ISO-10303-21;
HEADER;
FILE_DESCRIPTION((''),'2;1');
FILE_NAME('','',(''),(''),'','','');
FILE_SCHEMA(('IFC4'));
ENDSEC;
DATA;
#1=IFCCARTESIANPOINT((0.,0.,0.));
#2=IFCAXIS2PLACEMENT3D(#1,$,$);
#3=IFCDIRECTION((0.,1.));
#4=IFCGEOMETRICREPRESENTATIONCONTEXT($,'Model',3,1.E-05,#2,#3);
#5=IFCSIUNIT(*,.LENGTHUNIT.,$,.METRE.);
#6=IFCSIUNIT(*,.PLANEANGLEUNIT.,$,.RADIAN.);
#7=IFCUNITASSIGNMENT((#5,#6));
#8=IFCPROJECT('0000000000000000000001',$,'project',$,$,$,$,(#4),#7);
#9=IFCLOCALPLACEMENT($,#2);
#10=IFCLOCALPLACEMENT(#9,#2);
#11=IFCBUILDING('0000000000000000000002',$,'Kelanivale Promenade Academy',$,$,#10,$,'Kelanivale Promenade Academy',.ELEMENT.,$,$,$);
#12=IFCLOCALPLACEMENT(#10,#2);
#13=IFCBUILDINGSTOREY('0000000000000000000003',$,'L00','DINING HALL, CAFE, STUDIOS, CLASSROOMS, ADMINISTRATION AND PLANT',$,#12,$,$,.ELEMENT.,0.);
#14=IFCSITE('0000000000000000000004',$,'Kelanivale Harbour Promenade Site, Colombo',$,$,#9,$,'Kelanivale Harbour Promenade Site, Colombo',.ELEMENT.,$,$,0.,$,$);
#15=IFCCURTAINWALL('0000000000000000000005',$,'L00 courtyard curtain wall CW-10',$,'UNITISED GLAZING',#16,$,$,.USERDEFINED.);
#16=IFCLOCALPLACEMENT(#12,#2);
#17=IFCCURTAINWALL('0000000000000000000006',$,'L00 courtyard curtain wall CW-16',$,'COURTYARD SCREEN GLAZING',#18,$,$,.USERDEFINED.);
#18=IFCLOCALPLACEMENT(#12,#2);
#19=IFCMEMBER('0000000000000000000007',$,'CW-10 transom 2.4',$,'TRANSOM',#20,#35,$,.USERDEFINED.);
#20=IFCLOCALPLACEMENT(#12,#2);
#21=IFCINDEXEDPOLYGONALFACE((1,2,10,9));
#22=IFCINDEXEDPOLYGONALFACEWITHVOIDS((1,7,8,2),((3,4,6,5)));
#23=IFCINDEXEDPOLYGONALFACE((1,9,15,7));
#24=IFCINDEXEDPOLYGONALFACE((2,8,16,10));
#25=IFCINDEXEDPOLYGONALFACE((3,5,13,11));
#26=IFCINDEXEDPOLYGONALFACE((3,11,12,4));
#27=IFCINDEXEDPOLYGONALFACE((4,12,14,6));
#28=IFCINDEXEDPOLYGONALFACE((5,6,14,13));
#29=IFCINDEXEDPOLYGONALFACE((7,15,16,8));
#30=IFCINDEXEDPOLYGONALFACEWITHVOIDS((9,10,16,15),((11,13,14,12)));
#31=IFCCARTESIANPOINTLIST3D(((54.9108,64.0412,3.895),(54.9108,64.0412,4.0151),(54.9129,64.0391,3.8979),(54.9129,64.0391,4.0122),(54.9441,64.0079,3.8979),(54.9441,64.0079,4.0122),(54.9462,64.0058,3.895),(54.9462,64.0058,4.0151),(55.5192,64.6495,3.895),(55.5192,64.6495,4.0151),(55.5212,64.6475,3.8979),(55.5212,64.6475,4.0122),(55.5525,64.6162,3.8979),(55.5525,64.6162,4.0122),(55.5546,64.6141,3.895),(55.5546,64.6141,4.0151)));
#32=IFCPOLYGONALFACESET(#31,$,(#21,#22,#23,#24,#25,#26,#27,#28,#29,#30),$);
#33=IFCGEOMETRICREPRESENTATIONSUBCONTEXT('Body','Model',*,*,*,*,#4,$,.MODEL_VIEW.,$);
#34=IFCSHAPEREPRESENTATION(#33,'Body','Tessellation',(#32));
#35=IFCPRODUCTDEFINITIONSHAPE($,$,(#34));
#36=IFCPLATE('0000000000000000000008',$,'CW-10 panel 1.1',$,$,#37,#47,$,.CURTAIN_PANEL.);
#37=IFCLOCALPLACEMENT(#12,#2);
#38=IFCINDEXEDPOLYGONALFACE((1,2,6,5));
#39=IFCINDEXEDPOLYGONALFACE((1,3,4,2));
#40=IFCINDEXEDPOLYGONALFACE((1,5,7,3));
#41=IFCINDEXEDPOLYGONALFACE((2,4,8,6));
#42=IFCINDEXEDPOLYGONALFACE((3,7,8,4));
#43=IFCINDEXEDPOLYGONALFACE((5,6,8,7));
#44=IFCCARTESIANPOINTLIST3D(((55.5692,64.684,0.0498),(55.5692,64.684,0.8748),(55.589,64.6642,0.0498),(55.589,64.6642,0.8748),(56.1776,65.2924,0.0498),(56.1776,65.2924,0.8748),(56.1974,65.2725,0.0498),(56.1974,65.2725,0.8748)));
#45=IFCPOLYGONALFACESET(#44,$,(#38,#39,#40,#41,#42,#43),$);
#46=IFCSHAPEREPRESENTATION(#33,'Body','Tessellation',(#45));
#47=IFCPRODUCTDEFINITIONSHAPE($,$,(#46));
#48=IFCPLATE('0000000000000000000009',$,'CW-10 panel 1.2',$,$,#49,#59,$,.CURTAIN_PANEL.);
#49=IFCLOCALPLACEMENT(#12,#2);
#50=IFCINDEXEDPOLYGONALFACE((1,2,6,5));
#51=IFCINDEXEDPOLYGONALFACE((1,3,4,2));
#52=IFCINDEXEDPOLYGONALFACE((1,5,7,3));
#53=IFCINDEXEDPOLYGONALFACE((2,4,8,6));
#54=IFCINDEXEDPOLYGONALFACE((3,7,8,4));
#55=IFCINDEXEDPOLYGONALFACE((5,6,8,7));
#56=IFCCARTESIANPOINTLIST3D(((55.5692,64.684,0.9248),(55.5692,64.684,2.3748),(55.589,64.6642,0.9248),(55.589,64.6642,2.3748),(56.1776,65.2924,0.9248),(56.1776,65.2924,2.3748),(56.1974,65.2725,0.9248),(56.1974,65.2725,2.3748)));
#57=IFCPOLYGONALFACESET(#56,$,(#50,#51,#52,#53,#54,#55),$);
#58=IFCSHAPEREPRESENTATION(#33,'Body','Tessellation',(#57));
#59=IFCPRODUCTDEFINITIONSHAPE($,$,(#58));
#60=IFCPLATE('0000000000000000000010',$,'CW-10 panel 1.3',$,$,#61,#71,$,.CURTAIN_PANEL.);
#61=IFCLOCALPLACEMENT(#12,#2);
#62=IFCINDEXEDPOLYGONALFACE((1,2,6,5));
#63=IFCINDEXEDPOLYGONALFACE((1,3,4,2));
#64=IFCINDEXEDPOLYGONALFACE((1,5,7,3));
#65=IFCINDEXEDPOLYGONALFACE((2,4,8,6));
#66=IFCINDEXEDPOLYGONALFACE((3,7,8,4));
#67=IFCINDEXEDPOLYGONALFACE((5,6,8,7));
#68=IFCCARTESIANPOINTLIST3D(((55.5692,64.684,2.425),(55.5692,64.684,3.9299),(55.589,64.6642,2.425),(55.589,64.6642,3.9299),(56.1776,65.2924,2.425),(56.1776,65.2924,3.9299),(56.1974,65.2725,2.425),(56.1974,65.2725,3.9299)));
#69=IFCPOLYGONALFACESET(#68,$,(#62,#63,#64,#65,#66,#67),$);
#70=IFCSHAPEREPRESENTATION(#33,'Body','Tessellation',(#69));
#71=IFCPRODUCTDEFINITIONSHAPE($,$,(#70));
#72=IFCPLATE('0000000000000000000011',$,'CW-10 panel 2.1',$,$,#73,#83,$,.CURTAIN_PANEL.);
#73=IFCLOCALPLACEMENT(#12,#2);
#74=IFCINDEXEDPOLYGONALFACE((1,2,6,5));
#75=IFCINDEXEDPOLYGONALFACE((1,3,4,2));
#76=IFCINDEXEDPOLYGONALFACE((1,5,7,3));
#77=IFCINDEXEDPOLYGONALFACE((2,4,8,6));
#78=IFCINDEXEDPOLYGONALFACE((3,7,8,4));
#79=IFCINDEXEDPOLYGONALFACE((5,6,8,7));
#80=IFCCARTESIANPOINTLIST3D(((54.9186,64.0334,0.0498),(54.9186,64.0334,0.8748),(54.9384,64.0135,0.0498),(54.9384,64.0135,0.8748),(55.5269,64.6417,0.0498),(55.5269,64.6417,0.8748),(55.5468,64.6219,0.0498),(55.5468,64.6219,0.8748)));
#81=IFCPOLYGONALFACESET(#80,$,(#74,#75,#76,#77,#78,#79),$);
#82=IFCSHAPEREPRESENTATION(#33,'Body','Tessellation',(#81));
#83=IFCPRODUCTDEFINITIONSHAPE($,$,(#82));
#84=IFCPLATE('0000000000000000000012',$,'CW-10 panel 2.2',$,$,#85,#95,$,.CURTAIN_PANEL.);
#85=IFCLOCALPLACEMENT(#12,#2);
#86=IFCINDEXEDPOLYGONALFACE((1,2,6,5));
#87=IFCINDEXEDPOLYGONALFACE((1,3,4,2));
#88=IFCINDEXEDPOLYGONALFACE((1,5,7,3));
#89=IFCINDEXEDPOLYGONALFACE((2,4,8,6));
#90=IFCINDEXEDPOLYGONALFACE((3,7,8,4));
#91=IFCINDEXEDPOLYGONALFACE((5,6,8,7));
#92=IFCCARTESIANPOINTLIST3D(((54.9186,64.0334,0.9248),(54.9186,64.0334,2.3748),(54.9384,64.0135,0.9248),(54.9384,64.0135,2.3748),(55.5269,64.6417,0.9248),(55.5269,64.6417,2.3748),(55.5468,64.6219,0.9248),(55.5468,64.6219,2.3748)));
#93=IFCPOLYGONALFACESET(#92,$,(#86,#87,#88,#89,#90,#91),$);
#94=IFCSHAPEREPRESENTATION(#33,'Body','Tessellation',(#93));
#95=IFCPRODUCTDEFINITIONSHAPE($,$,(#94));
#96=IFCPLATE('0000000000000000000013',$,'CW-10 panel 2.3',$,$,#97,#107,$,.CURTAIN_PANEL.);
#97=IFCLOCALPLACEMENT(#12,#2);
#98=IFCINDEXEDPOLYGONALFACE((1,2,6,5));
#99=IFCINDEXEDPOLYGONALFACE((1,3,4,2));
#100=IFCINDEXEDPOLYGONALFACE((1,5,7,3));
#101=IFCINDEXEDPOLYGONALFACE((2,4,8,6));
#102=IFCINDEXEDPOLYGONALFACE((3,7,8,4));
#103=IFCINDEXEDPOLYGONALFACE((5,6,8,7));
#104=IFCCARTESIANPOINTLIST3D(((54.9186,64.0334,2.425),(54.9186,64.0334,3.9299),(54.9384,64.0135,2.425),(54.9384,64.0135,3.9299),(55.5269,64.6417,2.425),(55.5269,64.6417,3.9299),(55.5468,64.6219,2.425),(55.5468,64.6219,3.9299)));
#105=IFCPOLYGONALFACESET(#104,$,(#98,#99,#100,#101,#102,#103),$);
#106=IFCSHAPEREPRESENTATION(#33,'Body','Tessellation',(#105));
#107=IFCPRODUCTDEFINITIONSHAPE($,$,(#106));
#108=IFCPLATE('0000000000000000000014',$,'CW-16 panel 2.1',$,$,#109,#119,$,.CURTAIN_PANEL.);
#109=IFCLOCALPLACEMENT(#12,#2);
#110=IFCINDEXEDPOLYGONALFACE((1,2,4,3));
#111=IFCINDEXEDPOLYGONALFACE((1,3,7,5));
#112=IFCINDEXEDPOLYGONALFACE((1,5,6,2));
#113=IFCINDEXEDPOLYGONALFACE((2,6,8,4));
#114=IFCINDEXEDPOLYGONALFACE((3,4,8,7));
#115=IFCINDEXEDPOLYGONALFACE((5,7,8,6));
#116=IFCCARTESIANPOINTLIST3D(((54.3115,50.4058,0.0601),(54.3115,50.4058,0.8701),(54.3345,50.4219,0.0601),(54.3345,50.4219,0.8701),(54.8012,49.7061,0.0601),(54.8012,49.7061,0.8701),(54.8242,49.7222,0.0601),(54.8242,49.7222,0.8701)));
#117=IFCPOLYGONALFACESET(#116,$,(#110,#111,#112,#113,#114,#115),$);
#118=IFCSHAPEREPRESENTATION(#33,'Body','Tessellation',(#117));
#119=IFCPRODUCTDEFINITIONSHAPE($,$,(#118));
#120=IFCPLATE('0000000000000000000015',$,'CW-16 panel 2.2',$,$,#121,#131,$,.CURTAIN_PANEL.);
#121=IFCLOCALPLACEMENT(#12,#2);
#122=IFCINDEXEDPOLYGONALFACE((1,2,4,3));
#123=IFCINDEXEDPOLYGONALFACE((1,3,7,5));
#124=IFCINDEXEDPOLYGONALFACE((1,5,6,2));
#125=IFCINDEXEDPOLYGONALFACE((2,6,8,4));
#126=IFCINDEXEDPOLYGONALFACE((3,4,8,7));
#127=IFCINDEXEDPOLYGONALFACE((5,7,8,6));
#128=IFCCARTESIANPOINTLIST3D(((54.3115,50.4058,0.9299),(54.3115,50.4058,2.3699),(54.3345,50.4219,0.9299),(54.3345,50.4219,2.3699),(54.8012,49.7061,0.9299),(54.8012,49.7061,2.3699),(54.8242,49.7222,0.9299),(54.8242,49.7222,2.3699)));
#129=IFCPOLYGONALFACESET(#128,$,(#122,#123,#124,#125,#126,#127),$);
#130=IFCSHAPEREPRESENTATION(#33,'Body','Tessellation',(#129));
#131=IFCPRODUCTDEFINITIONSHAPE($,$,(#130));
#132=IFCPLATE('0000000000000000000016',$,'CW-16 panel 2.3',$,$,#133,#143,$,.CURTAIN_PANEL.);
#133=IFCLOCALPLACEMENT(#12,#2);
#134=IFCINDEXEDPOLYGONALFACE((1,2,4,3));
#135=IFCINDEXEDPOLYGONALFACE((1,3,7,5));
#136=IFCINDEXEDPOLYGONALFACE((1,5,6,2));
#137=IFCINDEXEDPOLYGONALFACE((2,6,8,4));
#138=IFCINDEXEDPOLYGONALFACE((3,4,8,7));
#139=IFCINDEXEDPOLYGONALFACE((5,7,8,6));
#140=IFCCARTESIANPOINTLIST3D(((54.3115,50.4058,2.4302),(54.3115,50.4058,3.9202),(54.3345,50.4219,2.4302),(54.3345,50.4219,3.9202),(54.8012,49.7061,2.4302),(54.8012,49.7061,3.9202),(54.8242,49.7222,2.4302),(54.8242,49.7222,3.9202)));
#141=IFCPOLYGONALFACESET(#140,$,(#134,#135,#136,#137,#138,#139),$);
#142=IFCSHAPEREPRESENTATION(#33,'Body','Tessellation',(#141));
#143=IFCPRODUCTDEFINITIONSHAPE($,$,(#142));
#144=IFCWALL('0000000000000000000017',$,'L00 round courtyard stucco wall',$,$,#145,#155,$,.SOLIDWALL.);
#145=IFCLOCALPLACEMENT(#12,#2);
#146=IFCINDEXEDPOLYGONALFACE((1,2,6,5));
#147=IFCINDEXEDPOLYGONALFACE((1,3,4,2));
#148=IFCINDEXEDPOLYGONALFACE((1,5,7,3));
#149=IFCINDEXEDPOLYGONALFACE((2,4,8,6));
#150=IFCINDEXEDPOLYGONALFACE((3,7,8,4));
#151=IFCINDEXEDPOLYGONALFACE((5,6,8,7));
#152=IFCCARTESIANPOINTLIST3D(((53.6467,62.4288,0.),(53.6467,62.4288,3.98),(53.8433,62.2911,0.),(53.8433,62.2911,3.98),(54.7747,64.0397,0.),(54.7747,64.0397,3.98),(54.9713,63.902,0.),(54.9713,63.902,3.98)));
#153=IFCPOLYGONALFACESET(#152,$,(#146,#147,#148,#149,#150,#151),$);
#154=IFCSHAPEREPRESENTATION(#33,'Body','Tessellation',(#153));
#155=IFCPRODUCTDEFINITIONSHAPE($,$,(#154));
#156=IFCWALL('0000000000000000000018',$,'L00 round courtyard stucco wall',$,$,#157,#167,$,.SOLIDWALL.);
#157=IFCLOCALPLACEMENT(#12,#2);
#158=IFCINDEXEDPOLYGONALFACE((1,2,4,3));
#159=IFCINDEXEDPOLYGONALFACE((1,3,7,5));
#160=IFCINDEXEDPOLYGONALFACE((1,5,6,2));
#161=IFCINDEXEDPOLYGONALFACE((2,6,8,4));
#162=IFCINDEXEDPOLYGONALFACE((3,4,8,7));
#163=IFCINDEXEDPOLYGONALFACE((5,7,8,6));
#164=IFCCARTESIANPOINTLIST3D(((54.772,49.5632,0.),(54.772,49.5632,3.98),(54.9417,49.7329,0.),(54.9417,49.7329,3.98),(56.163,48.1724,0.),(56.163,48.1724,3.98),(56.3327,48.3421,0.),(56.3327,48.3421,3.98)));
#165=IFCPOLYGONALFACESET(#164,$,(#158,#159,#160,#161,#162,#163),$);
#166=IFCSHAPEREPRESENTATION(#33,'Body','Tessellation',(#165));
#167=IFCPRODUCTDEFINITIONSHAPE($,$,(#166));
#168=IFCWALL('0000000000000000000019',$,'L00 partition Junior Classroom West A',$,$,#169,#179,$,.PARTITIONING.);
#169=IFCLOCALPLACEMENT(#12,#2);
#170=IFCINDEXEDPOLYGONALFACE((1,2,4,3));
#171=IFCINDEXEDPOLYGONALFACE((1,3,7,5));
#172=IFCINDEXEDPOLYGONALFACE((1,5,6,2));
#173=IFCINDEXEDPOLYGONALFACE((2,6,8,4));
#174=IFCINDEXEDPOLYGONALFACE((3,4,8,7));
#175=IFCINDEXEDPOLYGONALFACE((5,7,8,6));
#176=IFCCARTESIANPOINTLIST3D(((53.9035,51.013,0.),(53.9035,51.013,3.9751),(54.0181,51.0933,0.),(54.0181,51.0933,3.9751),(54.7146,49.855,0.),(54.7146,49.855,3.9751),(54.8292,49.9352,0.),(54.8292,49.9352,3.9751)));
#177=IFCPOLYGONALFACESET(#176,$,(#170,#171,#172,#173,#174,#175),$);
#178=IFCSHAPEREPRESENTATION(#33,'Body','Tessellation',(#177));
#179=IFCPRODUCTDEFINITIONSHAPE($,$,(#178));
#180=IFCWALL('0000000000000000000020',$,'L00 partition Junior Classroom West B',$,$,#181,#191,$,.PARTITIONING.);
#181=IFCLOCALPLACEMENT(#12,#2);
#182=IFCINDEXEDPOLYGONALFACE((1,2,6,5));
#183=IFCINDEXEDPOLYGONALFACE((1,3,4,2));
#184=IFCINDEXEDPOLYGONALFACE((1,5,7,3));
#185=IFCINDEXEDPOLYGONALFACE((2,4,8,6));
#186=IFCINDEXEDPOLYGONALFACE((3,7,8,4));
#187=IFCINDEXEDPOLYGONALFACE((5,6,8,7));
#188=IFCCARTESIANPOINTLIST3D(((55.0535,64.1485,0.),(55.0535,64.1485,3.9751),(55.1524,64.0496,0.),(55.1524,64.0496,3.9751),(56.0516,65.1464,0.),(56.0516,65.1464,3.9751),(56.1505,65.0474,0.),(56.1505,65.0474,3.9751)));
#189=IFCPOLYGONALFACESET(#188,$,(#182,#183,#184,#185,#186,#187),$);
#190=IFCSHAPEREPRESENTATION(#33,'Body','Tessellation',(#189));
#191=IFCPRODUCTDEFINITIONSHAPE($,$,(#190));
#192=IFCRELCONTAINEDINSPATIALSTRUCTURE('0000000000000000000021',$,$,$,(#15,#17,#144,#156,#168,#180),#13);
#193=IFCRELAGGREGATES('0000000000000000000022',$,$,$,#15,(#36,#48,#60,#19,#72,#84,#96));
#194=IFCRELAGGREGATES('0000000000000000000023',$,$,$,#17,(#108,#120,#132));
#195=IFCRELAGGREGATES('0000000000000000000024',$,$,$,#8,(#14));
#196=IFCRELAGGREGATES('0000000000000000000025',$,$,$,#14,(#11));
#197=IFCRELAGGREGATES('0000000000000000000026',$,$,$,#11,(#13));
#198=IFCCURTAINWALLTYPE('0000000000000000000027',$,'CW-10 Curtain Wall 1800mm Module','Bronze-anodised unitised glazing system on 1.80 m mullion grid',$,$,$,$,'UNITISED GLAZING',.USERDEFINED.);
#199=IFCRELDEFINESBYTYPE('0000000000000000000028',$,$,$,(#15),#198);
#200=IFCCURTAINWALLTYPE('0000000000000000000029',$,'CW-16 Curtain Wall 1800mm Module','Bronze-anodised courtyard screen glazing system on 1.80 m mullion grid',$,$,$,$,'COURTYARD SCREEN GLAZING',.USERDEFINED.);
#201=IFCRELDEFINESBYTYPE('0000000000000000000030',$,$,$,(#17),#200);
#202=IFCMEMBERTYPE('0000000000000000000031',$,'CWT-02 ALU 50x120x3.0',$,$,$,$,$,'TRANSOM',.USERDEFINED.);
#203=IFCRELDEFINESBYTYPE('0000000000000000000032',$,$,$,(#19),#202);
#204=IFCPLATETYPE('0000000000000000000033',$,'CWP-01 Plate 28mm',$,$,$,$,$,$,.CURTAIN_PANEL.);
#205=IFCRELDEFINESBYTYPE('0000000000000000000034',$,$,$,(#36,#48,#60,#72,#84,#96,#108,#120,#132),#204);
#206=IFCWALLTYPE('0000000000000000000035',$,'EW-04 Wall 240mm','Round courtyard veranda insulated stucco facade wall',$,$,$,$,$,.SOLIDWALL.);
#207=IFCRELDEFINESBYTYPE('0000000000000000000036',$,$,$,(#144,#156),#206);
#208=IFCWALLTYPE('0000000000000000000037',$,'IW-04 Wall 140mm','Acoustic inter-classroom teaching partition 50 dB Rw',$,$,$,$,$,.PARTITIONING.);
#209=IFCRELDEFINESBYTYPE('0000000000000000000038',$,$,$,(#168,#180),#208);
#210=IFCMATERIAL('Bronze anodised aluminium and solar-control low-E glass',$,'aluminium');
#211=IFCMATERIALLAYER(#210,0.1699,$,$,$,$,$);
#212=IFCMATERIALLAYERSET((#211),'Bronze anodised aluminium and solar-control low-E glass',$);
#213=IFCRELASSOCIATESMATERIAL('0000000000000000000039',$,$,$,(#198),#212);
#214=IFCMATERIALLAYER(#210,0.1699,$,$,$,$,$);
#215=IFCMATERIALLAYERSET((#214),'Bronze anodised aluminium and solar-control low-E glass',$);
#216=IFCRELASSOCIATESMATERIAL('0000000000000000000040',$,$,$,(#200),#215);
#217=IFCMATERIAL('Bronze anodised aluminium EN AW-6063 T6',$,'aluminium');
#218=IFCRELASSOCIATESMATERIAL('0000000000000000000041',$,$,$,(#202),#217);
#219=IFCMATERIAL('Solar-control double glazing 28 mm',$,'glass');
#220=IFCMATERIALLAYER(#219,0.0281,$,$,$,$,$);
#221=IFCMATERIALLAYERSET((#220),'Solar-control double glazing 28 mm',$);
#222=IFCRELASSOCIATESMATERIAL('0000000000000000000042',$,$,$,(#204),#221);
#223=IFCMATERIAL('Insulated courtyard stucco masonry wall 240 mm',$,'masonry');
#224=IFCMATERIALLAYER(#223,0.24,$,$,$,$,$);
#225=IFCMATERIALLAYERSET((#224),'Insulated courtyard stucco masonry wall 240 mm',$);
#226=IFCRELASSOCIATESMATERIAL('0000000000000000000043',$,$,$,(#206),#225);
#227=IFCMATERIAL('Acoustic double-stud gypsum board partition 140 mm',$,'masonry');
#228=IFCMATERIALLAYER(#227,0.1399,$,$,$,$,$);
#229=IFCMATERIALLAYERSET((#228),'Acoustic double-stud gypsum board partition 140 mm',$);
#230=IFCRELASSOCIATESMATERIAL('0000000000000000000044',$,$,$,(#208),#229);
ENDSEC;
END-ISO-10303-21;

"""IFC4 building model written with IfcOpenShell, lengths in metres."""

from ifc_helpers import new_model, si_unit, direction, frame, frame_2d, origin, origin_2d, place, context, subcontext, project, spatial, rectangle, hollow_rectangle, extrude, material, layer, layer_set, material_profile, profile_set, type_object, element, aggregate, save


model = new_model("IFC4")

# Units and contexts
model_context = context("Model", 3, precision=1e-05, world=origin(), true_north=direction((0.0, 1.0)))
body_context = subcontext(model_context, "Body", "Model", "MODEL_VIEW")
ifc_project = project(units=[si_unit("LENGTHUNIT", "METRE"), si_unit("PLANEANGLEUNIT", "RADIAN")], contexts=[model_context])

# Site, building, storey
site_placement = place(None, origin())
site = spatial("IfcSite", under=ifc_project, at=site_placement, Name="Kelanivale Harbour Promenade Site, Colombo", LongName="Kelanivale Harbour Promenade Site, Colombo", CompositionType="ELEMENT", RefElevation=0.0)
building_placement = place(site_placement, origin())
building = spatial("IfcBuilding", under=site, at=building_placement, Name="Kelanivale Promenade Academy", LongName="Kelanivale Promenade Academy", CompositionType="ELEMENT")
storey_placement = place(building_placement, origin())
storey = spatial("IfcBuildingStorey", under=building, at=storey_placement, Name="L00", Description="DINING HALL, CAFE, STUDIOS, CLASSROOMS, ADMINISTRATION AND PLANT", CompositionType="ELEMENT", Elevation=0.0)

# Curtain wall
ifc_material_1 = material(Name="Bronze anodised aluminium and solar-control low-E glass", Category="aluminium")
ifc_layer_1 = layer(ifc_material_1, 0.1699)
ifc_layer_set_1 = layer_set([ifc_layer_1], Name="Bronze anodised aluminium and solar-control low-E glass")
curtain_wall_type_1 = type_object("IfcCurtainWallType", Name="CW-10 Curtain Wall 1800mm Module", Description="Bronze-anodised unitised glazing system on 1.80 m mullion grid", ElementType="UNITISED GLAZING", PredefinedType="USERDEFINED", material=ifc_layer_set_1)
curtain_wall_1_placement = place(storey_placement, origin())
curtain_wall_1 = element("IfcCurtainWall", 1, at=curtain_wall_1_placement, inside=storey, type_object=curtain_wall_type_1, Name="L00 courtyard curtain wall CW-10", ObjectType="UNITISED GLAZING", PredefinedType="USERDEFINED")
ifc_material_2 = material(Name="Bronze anodised aluminium EN AW-6063 T6", Category="aluminium")

# Curtain wall
ifc_layer_2 = layer(ifc_material_1, 0.1699)
ifc_layer_set_2 = layer_set([ifc_layer_2], Name="Bronze anodised aluminium and solar-control low-E glass")
curtain_wall_type_2 = type_object("IfcCurtainWallType", Name="CW-16 Curtain Wall 1800mm Module", Description="Bronze-anodised courtyard screen glazing system on 1.80 m mullion grid", ElementType="COURTYARD SCREEN GLAZING", PredefinedType="USERDEFINED", material=ifc_layer_set_2)
curtain_wall_2_placement = place(storey_placement, origin())
curtain_wall_2 = element("IfcCurtainWall", 2, at=curtain_wall_2_placement, inside=storey, type_object=curtain_wall_type_2, Name="L00 courtyard curtain wall CW-16", ObjectType="COURTYARD SCREEN GLAZING", PredefinedType="USERDEFINED")

# Member
ifc_material_profile_1 = material_profile(ifc_material_2, hollow_rectangle(XDim=0.05, YDim=0.1201, WallThickness=0.0029, at=origin_2d()), Name="ALU 50x120x3.0")
ifc_profile_set_1 = profile_set([ifc_material_profile_1], Name="Bronze anodised aluminium EN AW-6063 T6")
member_type_1 = type_object("IfcMemberType", Name="CWT-02 ALU 50x120x3.0", ElementType="TRANSOM", PredefinedType="USERDEFINED", material=ifc_profile_set_1)
member_1_placement = place(storey_placement, frame((55.5369, 64.6318, 3.9551), z_axis=(-0.707107, -0.707107, 0.0), x_axis=(0.707107, -0.707107, 0.0)))
member_1 = element("IfcMember", 3, at=member_1_placement, type_object=member_type_1, Name="CW-10 transom 2.4", ObjectType="TRANSOM", PredefinedType="USERDEFINED", context=body_context, shape_type="SweptSolid", body=[
    extrude(hollow_rectangle(XDim=0.05, YDim=0.1201, WallThickness=0.0029, at=origin_2d()), origin(), (0.0, 0.0, 1.0), 0.8604),
])

# Plates
ifc_material_3 = material(Name="Solar-control double glazing 28 mm", Category="glass")
ifc_layer_3 = layer(ifc_material_3, 0.0281)
ifc_layer_set_3 = layer_set([ifc_layer_3], Name="Solar-control double glazing 28 mm")
plate_type = type_object("IfcPlateType", Name="CWP-01 Plate 28mm", PredefinedType="CURTAIN_PANEL", material=ifc_layer_set_3)
plate_1_placement = place(storey_placement, frame((55.8833, 64.9783, 0.0498), z_axis=(0.0, 0.0, 1.0), x_axis=(-0.707107, -0.707107, 0.0)))
plate_1 = element("IfcPlate", 4, at=plate_1_placement, type_object=plate_type, Name="CW-10 panel 1.1", PredefinedType="CURTAIN_PANEL", context=body_context, shape_type="SweptSolid", body=[
    extrude(rectangle(XDim=0.8604, YDim=0.0281, at=origin_2d()), origin(), (0.0, 0.0, 1.0), 0.825),
])
plate_2_placement = place(storey_placement, frame((55.8833, 64.9783, 0.9248), z_axis=(0.0, 0.0, 1.0), x_axis=(-0.707107, -0.707107, 0.0)))
plate_2 = element("IfcPlate", 5, at=plate_2_placement, type_object=plate_type, Name="CW-10 panel 1.2", PredefinedType="CURTAIN_PANEL", context=body_context, shape_type="SweptSolid", body=[
    extrude(rectangle(XDim=0.8604, YDim=0.0281, at=origin_2d()), origin(), (0.0, 0.0, 1.0), 1.45),
])
plate_3_placement = place(storey_placement, frame((55.8833, 64.9783, 2.425), z_axis=(0.0, 0.0, 1.0), x_axis=(-0.707107, -0.707107, 0.0)))
plate_3 = element("IfcPlate", 6, at=plate_3_placement, type_object=plate_type, Name="CW-10 panel 1.3", PredefinedType="CURTAIN_PANEL", context=body_context, shape_type="SweptSolid", body=[
    extrude(rectangle(XDim=0.8604, YDim=0.0281, at=origin_2d()), origin(), (0.0, 0.0, 1.0), 1.5049),
])
plate_4_placement = place(storey_placement, frame((55.2327, 64.3276, 0.0498), z_axis=(0.0, 0.0, 1.0), x_axis=(-0.707107, -0.707107, 0.0)))
plate_4 = element("IfcPlate", 7, at=plate_4_placement, type_object=plate_type, Name="CW-10 panel 2.1", PredefinedType="CURTAIN_PANEL", context=body_context, shape_type="SweptSolid", body=[
    extrude(rectangle(XDim=0.8604, YDim=0.0281, at=origin_2d()), origin(), (0.0, 0.0, 1.0), 0.825),
])
plate_5_placement = place(storey_placement, frame((55.2327, 64.3276, 0.9248), z_axis=(0.0, 0.0, 1.0), x_axis=(-0.707107, -0.707107, 0.0)))
plate_5 = element("IfcPlate", 8, at=plate_5_placement, type_object=plate_type, Name="CW-10 panel 2.2", PredefinedType="CURTAIN_PANEL", context=body_context, shape_type="SweptSolid", body=[
    extrude(rectangle(XDim=0.8604, YDim=0.0281, at=origin_2d()), origin(), (0.0, 0.0, 1.0), 1.45),
])
plate_6_placement = place(storey_placement, frame((55.2327, 64.3276, 2.425), z_axis=(0.0, 0.0, 1.0), x_axis=(-0.707107, -0.707107, 0.0)))
plate_6 = element("IfcPlate", 9, at=plate_6_placement, type_object=plate_type, Name="CW-10 panel 2.3", PredefinedType="CURTAIN_PANEL", context=body_context, shape_type="SweptSolid", body=[
    extrude(rectangle(XDim=0.8604, YDim=0.0281, at=origin_2d()), origin(), (0.0, 0.0, 1.0), 1.5049),
])
aggregate(curtain_wall_1, [plate_1, plate_2, plate_3, member_1, plate_4, plate_5, plate_6])
plate_7_placement = place(storey_placement, frame((54.5679, 50.064, 0.0601), z_axis=(0.0, 0.0, 1.0), x_axis=(0.573357, -0.819306, 0.0)))
plate_7 = element("IfcPlate", 10, at=plate_7_placement, type_object=plate_type, Name="CW-16 panel 2.1", PredefinedType="CURTAIN_PANEL", context=body_context, shape_type="SweptSolid", body=[
    extrude(rectangle(XDim=0.854, YDim=0.0281, at=origin_2d()), origin(), (0.0, 0.0, 1.0), 0.8101),
])
plate_8_placement = place(storey_placement, frame((54.5679, 50.064, 0.9299), z_axis=(0.0, 0.0, 1.0), x_axis=(0.573357, -0.819306, 0.0)))
plate_8 = element("IfcPlate", 11, at=plate_8_placement, type_object=plate_type, Name="CW-16 panel 2.2", PredefinedType="CURTAIN_PANEL", context=body_context, shape_type="SweptSolid", body=[
    extrude(rectangle(XDim=0.854, YDim=0.0281, at=origin_2d()), origin(), (0.0, 0.0, 1.0), 1.4399),
])
plate_9_placement = place(storey_placement, frame((54.5679, 50.064, 2.4302), z_axis=(0.0, 0.0, 1.0), x_axis=(0.573357, -0.819306, 0.0)))
plate_9 = element("IfcPlate", 12, at=plate_9_placement, type_object=plate_type, Name="CW-16 panel 2.3", PredefinedType="CURTAIN_PANEL", context=body_context, shape_type="SweptSolid", body=[
    extrude(rectangle(XDim=0.854, YDim=0.0281, at=origin_2d()), origin(), (0.0, 0.0, 1.0), 1.49),
])
aggregate(curtain_wall_2, [plate_7, plate_8, plate_9])

# Walls
ifc_material_4 = material(Name="Insulated courtyard stucco masonry wall 240 mm", Category="masonry")
ifc_layer_4 = layer(ifc_material_4, 0.24)
ifc_layer_set_4 = layer_set([ifc_layer_4], Name="Insulated courtyard stucco masonry wall 240 mm")
wall_type_1 = type_object("IfcWallType", Name="EW-04 Wall 240mm", Description="Round courtyard veranda insulated stucco facade wall", PredefinedType="SOLIDWALL", material=ifc_layer_set_4)
wall_1_placement = place(storey_placement, frame((54.873, 63.9709, 0.0), z_axis=(0.0, 0.0, 1.0), x_axis=(-0.573579, -0.81915, 0.0)))
element("IfcWall", 13, at=wall_1_placement, inside=storey, type_object=wall_type_1, Name="L00 round courtyard stucco wall", PredefinedType="SOLIDWALL", context=body_context, shape_type="SweptSolid", body=[
    extrude(rectangle(XDim=1.9666, YDim=0.24, at=frame_2d((0.9834, 0.0))), origin(), (0.0, 0.0, 1.0), 3.98),
])
wall_2_placement = place(storey_placement, frame((54.8569, 49.6479, 0.0), z_axis=(0.0, 0.0, 1.0), x_axis=(0.707169, -0.707045, 0.0)))
element("IfcWall", 14, at=wall_2_placement, inside=storey, type_object=wall_type_1, Name="L00 round courtyard stucco wall", PredefinedType="SOLIDWALL", context=body_context, shape_type="SweptSolid", body=[
    extrude(rectangle(XDim=1.967, YDim=0.24, at=frame_2d((0.9834, 0.0))), origin(), (0.0, 0.0, 1.0), 3.98),
])
ifc_material_5 = material(Name="Acoustic double-stud gypsum board partition 140 mm", Category="masonry")
ifc_layer_5 = layer(ifc_material_5, 0.1399)
ifc_layer_set_5 = layer_set([ifc_layer_5], Name="Acoustic double-stud gypsum board partition 140 mm")
wall_type_2 = type_object("IfcWallType", Name="IW-04 Wall 140mm", Description="Acoustic inter-classroom teaching partition 50 dB Rw", PredefinedType="PARTITIONING", material=ifc_layer_set_5)
wall_3_placement = place(storey_placement, frame((54.772, 49.895, 0.0), z_axis=(0.0, 0.0, 1.0), x_axis=(-0.573683, 0.819078, 0.0)))
element("IfcWall", 15, at=wall_3_placement, inside=storey, type_object=wall_type_2, Name="L00 partition Junior Classroom West A", PredefinedType="PARTITIONING", context=body_context, shape_type="SweptSolid", body=[
    extrude(rectangle(XDim=1.4138, YDim=0.1399, at=frame_2d((0.707, 0.0))), origin(), (0.0, 0.0, 1.0), 3.9751),
])
wall_4_placement = place(storey_placement, frame((55.103, 64.0991, 0.0), z_axis=(0.0, 0.0, 1.0), x_axis=(0.707193, 0.70702, 0.0)))
element("IfcWall", 16, at=wall_4_placement, inside=storey, type_object=wall_type_2, Name="L00 partition Junior Classroom West B", PredefinedType="PARTITIONING", context=body_context, shape_type="SweptSolid", body=[
    extrude(rectangle(XDim=1.4114, YDim=0.1399, at=frame_2d((0.7056, 0.0))), origin(), (0.0, 0.0, 1.0), 3.9751),
])

save(model, "model.ifc")
